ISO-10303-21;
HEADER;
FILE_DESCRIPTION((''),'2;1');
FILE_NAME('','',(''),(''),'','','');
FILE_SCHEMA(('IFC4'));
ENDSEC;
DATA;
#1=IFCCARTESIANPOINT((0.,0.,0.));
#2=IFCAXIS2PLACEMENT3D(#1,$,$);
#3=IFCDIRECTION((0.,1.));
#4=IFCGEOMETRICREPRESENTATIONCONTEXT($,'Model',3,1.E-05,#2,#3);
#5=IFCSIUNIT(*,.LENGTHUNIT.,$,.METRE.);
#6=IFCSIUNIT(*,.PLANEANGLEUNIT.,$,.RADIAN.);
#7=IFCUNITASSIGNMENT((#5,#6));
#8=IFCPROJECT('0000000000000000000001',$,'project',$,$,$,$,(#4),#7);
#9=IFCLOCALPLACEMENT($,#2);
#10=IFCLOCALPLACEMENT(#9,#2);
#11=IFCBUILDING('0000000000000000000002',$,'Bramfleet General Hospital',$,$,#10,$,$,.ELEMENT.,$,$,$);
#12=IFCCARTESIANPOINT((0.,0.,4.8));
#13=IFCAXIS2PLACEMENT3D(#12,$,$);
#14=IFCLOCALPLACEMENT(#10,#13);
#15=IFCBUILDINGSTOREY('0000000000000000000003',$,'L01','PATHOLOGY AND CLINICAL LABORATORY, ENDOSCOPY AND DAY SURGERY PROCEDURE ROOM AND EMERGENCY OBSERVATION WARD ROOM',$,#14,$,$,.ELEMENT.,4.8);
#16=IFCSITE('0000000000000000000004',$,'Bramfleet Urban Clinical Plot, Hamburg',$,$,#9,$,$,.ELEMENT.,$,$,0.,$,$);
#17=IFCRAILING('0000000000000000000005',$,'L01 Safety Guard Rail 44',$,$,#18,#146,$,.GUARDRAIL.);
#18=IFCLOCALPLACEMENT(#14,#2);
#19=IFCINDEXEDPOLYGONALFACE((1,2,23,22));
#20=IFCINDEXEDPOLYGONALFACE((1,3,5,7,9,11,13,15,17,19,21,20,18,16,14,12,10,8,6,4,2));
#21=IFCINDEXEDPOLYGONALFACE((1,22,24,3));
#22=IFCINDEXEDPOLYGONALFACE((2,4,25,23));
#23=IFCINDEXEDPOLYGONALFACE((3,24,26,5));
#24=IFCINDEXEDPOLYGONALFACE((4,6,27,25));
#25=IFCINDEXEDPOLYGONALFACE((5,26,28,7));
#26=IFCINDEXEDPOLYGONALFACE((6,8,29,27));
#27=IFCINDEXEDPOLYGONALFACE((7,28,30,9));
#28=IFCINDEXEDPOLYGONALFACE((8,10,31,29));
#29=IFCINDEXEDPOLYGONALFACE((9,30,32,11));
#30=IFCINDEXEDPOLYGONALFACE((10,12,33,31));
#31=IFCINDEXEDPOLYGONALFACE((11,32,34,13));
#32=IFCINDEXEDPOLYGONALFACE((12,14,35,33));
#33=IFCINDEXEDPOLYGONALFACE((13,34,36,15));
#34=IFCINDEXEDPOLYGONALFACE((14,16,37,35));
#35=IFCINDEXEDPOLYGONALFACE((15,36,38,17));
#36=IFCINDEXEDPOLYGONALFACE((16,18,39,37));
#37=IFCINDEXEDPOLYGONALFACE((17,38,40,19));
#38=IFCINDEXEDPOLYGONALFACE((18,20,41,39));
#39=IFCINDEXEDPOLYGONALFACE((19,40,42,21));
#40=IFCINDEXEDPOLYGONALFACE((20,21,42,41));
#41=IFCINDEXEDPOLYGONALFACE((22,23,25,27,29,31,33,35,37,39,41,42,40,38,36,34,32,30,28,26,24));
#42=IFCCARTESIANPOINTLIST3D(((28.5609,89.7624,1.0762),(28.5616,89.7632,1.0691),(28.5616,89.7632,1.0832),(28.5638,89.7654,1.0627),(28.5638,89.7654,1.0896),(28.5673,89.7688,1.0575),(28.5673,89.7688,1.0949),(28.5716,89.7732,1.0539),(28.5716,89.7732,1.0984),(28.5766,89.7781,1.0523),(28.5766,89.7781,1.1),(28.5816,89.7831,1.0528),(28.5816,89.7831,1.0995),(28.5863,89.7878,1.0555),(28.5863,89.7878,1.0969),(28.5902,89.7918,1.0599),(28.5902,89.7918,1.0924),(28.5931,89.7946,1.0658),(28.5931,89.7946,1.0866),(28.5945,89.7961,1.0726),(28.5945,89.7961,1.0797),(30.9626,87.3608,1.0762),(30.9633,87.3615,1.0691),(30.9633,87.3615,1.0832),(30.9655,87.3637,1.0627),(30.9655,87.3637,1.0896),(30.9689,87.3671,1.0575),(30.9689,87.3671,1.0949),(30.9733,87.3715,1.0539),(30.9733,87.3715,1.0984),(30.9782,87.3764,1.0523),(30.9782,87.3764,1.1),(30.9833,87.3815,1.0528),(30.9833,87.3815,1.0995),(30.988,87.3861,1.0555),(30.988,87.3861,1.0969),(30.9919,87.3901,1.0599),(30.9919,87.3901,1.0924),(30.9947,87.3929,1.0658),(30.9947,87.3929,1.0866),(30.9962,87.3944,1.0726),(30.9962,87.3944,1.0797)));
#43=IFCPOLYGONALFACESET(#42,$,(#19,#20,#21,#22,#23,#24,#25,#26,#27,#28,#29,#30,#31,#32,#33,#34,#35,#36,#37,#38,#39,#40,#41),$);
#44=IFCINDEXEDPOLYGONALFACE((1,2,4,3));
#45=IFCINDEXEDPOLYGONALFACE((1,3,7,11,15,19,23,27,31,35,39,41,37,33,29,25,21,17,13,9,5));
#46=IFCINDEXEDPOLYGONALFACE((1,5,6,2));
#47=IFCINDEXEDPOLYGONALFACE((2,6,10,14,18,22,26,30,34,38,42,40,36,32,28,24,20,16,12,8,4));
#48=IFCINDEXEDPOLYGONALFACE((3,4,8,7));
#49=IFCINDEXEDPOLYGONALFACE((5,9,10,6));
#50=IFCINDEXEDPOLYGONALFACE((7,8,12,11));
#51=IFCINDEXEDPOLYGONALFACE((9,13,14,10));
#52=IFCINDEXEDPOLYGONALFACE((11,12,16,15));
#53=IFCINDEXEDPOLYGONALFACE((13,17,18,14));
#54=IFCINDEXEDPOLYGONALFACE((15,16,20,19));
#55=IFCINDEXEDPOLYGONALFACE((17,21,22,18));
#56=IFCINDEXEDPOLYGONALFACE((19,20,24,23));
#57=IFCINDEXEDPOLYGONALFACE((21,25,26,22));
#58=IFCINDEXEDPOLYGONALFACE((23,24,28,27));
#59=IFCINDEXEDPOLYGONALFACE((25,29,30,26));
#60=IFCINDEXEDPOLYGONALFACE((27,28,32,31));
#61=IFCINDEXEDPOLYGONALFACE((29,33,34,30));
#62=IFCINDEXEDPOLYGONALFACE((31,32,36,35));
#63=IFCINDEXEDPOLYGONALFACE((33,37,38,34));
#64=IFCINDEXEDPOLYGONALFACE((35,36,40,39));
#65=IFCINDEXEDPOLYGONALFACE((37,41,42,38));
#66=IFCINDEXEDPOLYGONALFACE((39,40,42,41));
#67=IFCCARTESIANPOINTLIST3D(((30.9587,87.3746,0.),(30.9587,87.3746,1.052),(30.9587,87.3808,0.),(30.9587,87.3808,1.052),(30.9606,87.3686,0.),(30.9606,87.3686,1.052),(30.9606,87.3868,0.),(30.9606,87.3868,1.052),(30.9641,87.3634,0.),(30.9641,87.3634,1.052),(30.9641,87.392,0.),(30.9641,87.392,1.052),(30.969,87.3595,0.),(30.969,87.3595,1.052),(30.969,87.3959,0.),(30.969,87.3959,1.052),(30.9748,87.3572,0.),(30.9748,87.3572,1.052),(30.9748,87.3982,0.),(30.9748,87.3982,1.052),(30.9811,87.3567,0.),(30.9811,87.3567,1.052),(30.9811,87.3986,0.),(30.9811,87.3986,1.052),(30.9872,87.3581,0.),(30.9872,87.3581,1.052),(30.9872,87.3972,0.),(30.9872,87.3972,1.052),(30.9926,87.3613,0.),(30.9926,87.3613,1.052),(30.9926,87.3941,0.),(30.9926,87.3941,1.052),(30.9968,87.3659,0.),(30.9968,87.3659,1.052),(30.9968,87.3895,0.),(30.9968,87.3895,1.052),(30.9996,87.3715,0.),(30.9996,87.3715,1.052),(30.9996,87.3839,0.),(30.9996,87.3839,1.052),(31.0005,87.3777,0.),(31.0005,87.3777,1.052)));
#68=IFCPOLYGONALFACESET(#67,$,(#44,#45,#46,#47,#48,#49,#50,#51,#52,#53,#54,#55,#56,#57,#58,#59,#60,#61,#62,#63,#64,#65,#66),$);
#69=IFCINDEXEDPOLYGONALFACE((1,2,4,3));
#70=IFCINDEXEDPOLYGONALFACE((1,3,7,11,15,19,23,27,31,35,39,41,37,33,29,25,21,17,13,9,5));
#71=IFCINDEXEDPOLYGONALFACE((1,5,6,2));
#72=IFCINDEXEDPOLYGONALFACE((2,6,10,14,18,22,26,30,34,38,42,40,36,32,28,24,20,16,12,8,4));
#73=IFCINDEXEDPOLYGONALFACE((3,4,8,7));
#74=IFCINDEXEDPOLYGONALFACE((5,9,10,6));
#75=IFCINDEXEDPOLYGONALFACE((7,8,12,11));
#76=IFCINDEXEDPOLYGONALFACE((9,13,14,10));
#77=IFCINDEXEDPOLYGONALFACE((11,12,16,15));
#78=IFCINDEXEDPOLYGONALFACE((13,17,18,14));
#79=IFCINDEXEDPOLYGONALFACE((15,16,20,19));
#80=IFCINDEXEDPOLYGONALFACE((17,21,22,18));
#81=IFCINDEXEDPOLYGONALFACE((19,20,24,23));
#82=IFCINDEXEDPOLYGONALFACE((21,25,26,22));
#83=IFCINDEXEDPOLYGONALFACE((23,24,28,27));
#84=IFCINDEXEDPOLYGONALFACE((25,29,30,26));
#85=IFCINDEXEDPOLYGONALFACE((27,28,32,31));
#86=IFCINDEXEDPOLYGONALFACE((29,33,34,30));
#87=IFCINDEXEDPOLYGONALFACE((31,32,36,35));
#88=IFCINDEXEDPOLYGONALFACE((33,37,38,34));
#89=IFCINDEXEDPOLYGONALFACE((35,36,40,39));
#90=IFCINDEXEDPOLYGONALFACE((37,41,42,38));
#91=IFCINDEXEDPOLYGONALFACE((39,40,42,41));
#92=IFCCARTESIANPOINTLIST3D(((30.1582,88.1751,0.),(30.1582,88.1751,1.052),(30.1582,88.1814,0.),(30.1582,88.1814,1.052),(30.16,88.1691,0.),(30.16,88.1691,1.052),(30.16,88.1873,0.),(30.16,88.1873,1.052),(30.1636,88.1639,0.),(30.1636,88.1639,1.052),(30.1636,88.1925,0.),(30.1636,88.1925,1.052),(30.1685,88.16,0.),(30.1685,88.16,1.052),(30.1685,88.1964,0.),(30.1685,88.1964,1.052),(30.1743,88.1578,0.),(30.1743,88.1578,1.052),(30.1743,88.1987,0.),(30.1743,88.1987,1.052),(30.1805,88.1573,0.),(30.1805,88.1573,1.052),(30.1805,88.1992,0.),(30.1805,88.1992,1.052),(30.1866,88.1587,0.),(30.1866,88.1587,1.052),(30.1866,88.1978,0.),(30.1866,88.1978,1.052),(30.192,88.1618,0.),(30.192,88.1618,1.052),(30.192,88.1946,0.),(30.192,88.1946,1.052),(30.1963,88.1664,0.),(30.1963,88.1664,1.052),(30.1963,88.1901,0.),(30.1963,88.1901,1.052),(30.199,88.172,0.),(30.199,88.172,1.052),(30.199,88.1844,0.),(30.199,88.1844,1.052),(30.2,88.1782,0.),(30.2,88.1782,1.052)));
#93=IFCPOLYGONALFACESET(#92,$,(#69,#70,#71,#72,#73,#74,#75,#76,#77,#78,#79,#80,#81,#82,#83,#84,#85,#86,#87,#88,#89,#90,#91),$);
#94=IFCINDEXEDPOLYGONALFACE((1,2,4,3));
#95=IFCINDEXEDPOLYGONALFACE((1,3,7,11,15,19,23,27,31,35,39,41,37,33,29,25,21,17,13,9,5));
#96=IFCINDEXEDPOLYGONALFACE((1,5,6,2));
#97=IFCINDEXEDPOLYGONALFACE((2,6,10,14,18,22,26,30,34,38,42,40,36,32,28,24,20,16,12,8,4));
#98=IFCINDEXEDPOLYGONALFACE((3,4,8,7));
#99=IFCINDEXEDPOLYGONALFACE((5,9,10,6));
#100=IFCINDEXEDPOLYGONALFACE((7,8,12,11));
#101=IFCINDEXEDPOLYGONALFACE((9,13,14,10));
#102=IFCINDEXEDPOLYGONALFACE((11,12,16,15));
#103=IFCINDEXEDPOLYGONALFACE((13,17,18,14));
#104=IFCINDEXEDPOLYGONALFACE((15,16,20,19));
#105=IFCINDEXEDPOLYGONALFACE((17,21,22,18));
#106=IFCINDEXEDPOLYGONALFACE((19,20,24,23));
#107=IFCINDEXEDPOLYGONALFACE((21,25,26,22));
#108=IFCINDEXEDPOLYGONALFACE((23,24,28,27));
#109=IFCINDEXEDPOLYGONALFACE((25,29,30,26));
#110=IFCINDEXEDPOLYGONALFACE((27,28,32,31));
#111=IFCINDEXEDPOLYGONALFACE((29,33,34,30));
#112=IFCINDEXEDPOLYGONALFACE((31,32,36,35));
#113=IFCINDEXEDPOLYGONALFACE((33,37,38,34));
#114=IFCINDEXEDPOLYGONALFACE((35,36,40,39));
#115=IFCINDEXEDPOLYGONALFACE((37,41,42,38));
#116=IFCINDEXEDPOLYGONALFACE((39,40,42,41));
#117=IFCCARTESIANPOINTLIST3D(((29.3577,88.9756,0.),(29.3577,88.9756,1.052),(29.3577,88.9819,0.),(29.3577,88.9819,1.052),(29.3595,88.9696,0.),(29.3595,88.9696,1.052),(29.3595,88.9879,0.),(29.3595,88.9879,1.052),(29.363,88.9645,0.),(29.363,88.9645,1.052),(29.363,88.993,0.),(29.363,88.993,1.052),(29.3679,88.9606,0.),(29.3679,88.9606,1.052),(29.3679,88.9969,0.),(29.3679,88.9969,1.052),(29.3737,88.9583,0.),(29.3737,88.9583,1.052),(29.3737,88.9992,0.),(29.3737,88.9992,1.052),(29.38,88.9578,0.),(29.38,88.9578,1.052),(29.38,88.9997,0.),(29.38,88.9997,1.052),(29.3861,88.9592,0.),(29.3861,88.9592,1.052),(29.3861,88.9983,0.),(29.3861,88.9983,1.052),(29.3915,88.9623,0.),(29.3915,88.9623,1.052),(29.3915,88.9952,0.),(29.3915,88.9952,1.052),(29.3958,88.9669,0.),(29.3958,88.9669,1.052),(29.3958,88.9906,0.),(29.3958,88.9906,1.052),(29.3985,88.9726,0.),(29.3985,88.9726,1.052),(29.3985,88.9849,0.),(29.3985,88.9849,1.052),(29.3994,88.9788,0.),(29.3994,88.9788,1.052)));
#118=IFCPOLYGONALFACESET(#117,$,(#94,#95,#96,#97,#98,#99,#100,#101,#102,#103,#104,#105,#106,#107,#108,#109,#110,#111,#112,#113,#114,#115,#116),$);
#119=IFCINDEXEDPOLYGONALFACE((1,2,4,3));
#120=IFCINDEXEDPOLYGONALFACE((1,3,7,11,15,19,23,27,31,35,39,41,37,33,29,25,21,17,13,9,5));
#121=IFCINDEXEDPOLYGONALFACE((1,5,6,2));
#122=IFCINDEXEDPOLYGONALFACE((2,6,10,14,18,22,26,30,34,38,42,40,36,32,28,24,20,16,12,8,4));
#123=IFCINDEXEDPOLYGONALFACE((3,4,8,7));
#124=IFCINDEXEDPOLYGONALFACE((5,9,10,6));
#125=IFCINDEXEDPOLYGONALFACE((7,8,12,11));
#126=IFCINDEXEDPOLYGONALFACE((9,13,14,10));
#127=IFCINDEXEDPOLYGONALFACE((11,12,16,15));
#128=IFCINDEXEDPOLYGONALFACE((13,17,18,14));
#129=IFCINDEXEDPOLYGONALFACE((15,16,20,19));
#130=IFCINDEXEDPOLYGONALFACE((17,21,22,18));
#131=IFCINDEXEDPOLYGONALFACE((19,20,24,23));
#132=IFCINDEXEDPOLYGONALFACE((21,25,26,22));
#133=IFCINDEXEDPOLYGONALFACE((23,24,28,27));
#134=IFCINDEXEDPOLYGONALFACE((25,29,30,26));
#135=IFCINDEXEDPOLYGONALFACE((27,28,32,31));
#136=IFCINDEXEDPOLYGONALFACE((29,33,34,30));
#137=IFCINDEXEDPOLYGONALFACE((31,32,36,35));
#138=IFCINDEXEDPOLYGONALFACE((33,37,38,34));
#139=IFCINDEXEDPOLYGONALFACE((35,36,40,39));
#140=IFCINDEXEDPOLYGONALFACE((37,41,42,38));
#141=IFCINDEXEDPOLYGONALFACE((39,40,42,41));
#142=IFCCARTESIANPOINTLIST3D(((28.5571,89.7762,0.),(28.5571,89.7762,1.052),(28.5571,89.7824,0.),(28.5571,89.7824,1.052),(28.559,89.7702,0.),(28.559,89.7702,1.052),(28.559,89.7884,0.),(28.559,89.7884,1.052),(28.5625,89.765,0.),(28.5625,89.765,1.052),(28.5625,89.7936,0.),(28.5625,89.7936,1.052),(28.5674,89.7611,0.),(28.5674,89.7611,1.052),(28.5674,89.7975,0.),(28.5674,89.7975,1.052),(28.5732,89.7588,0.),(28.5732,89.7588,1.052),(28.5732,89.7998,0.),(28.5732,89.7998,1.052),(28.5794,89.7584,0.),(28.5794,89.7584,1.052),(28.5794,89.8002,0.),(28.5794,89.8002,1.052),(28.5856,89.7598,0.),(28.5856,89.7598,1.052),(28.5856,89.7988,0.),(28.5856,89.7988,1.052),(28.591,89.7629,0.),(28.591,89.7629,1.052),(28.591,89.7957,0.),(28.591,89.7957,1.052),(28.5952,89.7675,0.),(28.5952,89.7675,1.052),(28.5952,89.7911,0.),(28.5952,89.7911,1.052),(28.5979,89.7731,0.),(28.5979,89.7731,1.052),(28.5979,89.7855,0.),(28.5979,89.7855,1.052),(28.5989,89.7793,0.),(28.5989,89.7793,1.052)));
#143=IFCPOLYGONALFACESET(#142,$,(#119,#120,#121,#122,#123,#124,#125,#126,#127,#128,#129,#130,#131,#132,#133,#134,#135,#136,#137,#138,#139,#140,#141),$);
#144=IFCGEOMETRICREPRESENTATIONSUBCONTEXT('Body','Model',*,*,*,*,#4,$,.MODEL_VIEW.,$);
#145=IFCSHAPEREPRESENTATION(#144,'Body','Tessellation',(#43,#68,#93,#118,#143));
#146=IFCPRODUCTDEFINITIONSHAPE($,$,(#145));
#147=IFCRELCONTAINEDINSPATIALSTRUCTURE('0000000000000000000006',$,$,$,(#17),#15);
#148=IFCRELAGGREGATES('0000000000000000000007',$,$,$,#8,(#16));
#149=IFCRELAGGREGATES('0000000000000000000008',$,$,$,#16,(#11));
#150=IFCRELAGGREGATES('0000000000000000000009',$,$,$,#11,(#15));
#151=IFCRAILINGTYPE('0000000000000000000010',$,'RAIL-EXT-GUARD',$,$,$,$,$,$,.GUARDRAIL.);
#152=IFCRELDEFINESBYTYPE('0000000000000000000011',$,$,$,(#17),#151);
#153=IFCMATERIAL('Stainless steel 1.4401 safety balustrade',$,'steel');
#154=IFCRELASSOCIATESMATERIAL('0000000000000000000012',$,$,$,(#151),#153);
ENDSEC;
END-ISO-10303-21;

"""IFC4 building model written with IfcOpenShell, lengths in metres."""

from ifc_helpers import new_model, si_unit, direction, frame, origin, origin_2d, place, context, subcontext, project, spatial, circle, extrude, material, type_object, element, save


model = new_model("IFC4")

# Units and contexts
model_context = context("Model", 3, precision=1e-05, world=origin(), true_north=direction((0.0, 1.0)))
body_context = subcontext(model_context, "Body", "Model", "MODEL_VIEW")
ifc_project = project(units=[si_unit("LENGTHUNIT", "METRE"), si_unit("PLANEANGLEUNIT", "RADIAN")], contexts=[model_context])

# Site, building, storey
site_placement = place(None, origin())
site = spatial("IfcSite", under=ifc_project, at=site_placement, Name="Bramfleet Urban Clinical Plot, Hamburg", CompositionType="ELEMENT", RefElevation=0.0)
building_placement = place(site_placement, origin())
building = spatial("IfcBuilding", under=site, at=building_placement, Name="Bramfleet General Hospital", CompositionType="ELEMENT")
storey_placement = place(building_placement, frame((0.0, 0.0, 4.8)))
storey = spatial("IfcBuildingStorey", under=building, at=storey_placement, Name="L01", Description="PATHOLOGY AND CLINICAL LABORATORY, ENDOSCOPY AND DAY SURGERY PROCEDURE ROOM AND EMERGENCY OBSERVATION WARD ROOM", CompositionType="ELEMENT", Elevation=4.8)

# Railing
ifc_material_1 = material(Name="Stainless steel 1.4401 safety balustrade", Category="steel")
railing_type = type_object("IfcRailingType", Name="RAIL-EXT-GUARD", PredefinedType="GUARDRAIL", material=ifc_material_1)
railing_placement = place(storey_placement, frame((30.9795, 87.3777, 0.0)))
element("IfcRailing", 1, at=railing_placement, inside=storey, type_object=railing_type, Name="L01 Safety Guard Rail 44", PredefinedType="GUARDRAIL", context=body_context, shape_type="SweptSolid", body=[
    extrude(circle(Radius=0.0239, at=origin_2d()), frame((0.0, 0.0, 1.0762), z_axis=(-0.707107, 0.707107, 0.0), x_axis=(-0.707107, -0.707107, 0.0)), (0.0, 0.0, 1.0), 3.3965),
    extrude(circle(Radius=0.021, at=origin_2d()), origin(), (0.0, 0.0, 1.0), 1.052),
    extrude(circle(Radius=0.021, at=origin_2d()), frame((-0.8005, 0.8005, 0.0)), (0.0, 0.0, 1.0), 1.052),
    extrude(circle(Radius=0.021, at=origin_2d()), frame((-1.6011, 1.6011, 0.0)), (0.0, 0.0, 1.0), 1.052),
    extrude(circle(Radius=0.021, at=origin_2d()), frame((-2.4016, 2.4016, 0.0)), (0.0, 0.0, 1.0), 1.052),
])

save(model, "model.ifc")
